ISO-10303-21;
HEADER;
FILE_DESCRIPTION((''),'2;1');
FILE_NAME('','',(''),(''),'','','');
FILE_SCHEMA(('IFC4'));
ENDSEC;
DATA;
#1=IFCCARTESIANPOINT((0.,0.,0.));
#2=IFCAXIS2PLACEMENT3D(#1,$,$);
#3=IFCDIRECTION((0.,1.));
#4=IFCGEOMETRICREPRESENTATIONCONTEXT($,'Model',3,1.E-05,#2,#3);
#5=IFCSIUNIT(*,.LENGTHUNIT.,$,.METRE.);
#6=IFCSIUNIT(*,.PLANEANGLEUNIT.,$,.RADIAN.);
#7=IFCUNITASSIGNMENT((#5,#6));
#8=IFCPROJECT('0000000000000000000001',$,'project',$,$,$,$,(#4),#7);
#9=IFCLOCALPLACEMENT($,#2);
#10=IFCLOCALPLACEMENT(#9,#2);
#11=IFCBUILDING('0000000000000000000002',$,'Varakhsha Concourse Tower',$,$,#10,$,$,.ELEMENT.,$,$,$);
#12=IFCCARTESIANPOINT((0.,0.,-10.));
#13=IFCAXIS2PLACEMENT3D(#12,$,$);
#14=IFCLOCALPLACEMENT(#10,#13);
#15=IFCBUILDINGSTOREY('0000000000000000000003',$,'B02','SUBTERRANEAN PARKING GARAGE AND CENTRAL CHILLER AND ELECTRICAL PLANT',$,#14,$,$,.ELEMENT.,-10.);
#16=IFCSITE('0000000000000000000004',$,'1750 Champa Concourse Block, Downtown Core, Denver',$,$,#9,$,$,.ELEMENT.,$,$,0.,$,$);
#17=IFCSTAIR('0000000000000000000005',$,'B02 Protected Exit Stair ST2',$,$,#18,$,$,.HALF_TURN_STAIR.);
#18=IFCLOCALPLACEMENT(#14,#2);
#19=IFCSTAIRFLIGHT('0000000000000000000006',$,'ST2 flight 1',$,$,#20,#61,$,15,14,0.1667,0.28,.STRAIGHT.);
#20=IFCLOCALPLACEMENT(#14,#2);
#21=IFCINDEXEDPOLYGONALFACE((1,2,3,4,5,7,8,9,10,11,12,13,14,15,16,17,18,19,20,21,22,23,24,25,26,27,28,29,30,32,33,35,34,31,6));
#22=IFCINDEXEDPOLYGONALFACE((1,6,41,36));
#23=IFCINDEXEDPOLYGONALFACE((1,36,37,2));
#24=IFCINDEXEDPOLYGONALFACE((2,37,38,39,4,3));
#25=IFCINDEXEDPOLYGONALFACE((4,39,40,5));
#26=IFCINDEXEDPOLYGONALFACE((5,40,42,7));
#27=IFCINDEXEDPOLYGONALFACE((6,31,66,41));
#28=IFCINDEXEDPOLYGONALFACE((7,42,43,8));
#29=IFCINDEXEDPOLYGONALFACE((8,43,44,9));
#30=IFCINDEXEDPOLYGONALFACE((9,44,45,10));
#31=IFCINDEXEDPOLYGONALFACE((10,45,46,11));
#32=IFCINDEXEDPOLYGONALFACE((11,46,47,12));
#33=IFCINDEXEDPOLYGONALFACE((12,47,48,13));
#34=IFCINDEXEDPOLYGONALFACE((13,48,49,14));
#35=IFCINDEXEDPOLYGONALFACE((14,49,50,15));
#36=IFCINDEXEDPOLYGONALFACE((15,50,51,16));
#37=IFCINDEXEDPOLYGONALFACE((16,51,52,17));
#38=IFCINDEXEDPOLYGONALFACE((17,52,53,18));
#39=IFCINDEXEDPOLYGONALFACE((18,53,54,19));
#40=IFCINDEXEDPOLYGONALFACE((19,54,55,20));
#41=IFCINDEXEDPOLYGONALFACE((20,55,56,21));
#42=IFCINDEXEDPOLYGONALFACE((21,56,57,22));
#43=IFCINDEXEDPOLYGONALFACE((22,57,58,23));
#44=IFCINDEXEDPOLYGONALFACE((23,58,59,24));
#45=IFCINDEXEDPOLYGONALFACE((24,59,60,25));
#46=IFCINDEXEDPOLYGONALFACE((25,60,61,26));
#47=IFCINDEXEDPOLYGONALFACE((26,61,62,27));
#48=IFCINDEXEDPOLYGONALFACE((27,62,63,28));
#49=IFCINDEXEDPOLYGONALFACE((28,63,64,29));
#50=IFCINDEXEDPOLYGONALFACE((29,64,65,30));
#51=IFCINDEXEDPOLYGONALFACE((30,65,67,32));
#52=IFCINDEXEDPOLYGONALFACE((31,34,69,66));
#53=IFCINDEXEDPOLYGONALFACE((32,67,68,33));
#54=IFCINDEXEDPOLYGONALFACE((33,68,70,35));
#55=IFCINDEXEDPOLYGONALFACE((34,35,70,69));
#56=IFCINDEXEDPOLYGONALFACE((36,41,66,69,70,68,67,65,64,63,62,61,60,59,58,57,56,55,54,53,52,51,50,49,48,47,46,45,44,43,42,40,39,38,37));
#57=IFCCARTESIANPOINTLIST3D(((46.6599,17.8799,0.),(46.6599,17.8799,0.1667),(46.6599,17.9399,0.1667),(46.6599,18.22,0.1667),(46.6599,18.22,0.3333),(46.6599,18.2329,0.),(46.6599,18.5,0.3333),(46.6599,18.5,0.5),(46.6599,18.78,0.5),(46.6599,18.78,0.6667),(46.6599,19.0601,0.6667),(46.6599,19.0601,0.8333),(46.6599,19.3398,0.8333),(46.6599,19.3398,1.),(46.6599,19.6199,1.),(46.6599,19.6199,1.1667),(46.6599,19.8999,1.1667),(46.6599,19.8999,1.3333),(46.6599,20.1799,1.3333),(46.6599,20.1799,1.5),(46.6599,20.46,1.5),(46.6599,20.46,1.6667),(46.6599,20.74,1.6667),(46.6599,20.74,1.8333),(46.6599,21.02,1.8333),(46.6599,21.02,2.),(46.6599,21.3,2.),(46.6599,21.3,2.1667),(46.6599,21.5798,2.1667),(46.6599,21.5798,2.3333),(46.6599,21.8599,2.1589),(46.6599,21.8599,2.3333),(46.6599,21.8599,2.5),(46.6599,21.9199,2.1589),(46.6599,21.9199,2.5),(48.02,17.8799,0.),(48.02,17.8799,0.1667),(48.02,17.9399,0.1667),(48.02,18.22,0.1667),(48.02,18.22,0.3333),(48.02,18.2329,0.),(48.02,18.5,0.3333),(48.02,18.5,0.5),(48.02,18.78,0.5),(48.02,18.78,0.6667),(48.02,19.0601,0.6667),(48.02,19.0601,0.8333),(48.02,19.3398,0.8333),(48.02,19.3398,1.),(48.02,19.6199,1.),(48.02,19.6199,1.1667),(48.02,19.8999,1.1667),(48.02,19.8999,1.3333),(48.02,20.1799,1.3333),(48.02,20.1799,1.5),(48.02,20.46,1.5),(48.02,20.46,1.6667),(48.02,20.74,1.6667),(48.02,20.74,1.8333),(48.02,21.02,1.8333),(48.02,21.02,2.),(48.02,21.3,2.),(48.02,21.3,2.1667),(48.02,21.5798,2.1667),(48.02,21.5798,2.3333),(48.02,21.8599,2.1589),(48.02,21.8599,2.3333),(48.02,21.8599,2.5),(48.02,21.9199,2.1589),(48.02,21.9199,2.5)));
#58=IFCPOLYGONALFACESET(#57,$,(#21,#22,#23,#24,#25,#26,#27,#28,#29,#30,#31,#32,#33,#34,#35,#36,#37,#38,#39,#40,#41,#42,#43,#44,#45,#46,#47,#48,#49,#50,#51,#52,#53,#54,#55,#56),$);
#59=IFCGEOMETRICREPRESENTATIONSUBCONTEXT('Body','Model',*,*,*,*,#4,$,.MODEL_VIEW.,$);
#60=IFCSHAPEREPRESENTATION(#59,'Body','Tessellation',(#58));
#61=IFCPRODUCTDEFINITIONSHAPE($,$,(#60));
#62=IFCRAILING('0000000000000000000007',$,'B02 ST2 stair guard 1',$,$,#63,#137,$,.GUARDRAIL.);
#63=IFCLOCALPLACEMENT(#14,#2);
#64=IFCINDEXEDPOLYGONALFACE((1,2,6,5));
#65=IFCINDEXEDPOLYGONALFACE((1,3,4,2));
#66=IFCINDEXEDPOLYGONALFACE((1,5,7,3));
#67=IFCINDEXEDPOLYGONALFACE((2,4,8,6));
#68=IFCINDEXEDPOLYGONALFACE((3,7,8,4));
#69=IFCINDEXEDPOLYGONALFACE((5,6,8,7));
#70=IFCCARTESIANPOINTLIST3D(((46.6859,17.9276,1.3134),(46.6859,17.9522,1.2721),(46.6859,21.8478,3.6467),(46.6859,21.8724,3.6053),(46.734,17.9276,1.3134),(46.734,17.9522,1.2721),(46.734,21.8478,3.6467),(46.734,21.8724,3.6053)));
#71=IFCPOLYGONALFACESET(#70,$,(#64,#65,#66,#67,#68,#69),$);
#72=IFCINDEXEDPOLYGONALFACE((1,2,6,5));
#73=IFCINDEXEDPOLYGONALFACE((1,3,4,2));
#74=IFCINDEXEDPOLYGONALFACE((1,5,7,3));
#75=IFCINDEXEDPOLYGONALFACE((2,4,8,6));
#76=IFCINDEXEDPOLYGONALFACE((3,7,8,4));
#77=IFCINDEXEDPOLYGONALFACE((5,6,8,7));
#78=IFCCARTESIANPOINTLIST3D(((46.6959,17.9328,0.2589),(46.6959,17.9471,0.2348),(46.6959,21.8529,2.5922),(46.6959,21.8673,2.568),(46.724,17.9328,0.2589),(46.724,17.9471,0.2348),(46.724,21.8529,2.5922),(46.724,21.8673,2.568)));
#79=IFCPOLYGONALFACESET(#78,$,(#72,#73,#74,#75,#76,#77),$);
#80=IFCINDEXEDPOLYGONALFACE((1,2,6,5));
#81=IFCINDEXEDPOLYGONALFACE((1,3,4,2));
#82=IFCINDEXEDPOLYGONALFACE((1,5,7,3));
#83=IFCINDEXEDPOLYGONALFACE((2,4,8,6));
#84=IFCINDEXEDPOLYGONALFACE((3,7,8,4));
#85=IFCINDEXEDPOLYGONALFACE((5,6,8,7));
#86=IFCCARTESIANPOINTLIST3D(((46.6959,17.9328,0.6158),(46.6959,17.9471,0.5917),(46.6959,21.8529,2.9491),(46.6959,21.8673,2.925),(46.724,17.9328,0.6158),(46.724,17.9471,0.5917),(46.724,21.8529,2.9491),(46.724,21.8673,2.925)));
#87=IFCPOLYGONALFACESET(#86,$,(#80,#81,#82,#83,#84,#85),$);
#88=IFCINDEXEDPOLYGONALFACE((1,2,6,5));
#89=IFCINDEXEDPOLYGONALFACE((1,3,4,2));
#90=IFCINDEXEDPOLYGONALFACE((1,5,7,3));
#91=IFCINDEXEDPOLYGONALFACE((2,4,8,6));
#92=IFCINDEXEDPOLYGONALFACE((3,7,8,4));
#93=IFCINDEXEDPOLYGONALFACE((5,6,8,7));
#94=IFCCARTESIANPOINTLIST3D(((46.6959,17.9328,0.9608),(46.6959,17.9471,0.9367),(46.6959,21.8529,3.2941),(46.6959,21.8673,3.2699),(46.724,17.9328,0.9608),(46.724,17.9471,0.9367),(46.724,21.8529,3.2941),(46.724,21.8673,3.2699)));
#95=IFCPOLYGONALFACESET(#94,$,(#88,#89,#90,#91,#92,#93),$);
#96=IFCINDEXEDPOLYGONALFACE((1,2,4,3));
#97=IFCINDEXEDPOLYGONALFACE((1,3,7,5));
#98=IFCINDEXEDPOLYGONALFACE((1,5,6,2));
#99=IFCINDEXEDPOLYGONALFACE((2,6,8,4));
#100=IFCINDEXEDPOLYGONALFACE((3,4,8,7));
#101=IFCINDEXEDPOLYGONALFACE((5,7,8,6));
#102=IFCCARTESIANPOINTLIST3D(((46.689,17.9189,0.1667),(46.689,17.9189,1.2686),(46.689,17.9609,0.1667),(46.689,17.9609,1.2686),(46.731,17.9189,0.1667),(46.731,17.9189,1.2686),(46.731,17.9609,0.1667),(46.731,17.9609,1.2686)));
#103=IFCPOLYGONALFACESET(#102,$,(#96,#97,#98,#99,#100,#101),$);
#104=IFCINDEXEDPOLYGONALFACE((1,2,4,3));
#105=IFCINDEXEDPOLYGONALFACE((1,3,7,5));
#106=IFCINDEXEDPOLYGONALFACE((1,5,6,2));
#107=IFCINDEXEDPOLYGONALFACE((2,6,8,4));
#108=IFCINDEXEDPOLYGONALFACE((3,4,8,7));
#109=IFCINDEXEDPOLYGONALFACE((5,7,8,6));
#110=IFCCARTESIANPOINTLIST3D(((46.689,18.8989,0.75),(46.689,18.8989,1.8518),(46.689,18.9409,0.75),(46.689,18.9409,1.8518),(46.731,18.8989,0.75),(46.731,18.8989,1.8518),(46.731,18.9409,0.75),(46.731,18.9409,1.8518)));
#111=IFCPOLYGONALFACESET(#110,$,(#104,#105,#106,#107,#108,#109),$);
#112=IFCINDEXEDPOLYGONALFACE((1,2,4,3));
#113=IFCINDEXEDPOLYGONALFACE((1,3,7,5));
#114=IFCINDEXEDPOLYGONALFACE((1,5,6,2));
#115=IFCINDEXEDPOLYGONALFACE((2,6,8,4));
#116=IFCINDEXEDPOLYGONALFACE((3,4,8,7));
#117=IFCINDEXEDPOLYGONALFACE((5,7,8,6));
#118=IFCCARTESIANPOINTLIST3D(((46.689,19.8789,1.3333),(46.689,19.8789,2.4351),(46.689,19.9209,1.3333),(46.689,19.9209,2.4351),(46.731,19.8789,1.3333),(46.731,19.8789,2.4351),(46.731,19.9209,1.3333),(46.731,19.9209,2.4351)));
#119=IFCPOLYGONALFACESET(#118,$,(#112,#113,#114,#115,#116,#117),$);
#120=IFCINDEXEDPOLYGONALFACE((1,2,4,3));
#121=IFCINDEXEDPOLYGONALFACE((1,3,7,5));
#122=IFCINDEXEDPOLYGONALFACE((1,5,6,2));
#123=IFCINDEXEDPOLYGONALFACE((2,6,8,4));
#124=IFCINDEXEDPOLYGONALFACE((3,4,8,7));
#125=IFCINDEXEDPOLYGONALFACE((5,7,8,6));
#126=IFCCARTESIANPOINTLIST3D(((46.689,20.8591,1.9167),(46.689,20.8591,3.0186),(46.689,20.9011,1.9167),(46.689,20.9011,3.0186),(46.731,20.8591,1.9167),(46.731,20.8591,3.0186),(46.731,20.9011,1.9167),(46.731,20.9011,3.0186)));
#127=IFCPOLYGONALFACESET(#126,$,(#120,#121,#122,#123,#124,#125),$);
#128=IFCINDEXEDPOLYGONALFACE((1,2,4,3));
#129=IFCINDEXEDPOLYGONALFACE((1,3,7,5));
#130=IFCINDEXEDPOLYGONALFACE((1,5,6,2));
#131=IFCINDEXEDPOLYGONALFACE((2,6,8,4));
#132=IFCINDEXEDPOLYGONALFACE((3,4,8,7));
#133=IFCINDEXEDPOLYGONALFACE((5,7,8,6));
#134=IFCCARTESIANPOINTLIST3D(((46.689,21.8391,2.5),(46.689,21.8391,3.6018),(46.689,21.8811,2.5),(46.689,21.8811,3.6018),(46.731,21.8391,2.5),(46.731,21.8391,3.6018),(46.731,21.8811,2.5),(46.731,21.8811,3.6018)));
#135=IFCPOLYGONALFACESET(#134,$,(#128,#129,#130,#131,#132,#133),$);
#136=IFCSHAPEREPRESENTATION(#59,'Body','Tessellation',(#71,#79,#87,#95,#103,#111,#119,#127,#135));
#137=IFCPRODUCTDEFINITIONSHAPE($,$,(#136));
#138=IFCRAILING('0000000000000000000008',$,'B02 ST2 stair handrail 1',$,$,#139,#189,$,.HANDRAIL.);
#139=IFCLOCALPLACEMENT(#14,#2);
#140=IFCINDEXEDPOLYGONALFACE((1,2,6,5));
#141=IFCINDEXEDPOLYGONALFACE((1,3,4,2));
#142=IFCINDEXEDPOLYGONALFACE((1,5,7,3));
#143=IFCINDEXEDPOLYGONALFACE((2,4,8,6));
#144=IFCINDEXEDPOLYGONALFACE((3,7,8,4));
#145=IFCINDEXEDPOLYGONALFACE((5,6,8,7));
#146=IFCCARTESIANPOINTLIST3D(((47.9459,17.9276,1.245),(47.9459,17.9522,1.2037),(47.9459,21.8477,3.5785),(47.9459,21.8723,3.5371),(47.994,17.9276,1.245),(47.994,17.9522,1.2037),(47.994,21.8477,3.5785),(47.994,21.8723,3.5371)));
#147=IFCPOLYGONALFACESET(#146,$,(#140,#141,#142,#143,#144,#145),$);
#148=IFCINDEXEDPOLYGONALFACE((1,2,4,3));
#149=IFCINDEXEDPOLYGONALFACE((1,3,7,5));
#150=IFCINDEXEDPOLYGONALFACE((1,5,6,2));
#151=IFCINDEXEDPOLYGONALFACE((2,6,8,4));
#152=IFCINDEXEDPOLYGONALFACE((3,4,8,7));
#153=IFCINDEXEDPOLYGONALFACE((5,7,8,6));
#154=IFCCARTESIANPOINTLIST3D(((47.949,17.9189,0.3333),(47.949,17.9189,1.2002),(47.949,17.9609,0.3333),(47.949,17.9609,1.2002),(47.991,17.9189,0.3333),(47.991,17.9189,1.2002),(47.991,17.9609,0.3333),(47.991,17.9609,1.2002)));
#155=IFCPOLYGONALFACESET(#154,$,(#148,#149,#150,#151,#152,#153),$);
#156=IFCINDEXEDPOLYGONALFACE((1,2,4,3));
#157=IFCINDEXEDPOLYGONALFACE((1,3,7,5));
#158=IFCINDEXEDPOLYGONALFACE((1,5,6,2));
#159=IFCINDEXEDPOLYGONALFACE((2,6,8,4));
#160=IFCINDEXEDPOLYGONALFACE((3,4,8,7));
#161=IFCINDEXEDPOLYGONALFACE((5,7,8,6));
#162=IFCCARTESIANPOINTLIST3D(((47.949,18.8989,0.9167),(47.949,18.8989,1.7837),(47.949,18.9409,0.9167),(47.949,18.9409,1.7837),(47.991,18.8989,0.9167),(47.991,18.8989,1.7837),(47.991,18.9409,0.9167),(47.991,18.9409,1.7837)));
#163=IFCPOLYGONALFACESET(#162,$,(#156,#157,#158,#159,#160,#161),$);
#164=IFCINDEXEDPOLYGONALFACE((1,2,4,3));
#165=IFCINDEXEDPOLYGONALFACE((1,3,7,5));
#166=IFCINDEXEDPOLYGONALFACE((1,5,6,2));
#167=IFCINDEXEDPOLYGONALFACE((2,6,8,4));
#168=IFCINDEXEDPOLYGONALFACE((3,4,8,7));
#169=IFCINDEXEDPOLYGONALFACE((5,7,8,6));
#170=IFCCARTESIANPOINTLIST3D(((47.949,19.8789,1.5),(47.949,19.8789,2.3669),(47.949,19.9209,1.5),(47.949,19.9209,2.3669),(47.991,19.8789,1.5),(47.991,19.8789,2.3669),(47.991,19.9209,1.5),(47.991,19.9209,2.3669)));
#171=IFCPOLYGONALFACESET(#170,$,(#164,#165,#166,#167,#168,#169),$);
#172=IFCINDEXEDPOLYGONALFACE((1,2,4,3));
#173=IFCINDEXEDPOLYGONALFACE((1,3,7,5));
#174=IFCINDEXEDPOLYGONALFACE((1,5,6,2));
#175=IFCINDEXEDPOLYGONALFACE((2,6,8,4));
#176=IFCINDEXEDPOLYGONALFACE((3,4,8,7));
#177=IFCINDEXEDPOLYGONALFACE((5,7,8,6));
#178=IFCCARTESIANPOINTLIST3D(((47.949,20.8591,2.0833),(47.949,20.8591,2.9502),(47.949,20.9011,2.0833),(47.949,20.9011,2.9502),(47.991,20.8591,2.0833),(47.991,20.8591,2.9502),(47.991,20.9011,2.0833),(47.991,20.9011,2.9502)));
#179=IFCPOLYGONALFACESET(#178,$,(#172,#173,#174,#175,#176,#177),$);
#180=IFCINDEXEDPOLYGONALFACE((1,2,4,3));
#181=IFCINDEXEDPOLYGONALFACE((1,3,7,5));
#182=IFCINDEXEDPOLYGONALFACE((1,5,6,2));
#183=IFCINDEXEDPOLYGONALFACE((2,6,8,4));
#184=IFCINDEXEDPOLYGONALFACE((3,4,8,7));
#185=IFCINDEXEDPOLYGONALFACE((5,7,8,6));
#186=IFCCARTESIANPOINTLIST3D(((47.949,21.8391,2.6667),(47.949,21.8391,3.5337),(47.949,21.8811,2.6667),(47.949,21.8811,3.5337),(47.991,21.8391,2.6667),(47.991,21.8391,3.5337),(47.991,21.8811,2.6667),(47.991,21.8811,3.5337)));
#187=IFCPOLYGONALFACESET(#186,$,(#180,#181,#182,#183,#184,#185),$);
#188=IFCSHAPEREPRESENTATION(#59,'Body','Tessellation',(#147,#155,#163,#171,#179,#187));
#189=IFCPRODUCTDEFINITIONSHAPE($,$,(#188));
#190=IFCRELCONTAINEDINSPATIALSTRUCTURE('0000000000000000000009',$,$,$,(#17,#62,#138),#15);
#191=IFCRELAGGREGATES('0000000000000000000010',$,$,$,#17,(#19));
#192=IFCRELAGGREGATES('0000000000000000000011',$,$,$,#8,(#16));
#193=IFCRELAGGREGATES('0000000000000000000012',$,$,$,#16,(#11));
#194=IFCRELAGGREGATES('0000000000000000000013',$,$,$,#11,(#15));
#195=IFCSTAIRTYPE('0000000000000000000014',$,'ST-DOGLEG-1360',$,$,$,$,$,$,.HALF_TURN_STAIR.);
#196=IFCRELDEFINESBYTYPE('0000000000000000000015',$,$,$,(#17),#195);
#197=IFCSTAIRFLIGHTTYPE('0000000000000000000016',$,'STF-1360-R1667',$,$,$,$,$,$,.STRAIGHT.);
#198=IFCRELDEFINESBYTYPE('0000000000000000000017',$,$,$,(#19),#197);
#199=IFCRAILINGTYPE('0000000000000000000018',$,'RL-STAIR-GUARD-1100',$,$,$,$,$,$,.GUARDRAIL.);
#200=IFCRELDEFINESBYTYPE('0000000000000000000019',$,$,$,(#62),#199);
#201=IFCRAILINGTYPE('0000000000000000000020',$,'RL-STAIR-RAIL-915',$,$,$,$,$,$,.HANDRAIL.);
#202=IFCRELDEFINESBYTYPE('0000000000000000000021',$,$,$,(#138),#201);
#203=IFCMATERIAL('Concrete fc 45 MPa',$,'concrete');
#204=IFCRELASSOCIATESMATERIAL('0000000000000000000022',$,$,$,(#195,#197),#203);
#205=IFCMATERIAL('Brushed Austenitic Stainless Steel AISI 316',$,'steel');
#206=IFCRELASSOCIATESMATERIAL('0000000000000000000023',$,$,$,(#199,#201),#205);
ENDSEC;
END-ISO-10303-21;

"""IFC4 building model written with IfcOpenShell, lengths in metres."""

from ifc_helpers import new_model, si_unit, direction, frame, origin, origin_2d, place, context, subcontext, project, spatial, polyline, rectangle, outline, extrude, material, type_object, element, aggregate, save


model = new_model("IFC4")

# Units and contexts
model_context = context("Model", 3, precision=1e-05, world=origin(), true_north=direction((0.0, 1.0)))
body_context = subcontext(model_context, "Body", "Model", "MODEL_VIEW")
ifc_project = project(units=[si_unit("LENGTHUNIT", "METRE"), si_unit("PLANEANGLEUNIT", "RADIAN")], contexts=[model_context])

# Site, building, storey
site_placement = place(None, origin())
site = spatial("IfcSite", under=ifc_project, at=site_placement, Name="1750 Champa Concourse Block, Downtown Core, Denver", CompositionType="ELEMENT", RefElevation=0.0)
building_placement = place(site_placement, origin())
building = spatial("IfcBuilding", under=site, at=building_placement, Name="Varakhsha Concourse Tower", CompositionType="ELEMENT")
storey_placement = place(building_placement, frame((0.0, 0.0, -10.0)))
storey = spatial("IfcBuildingStorey", under=building, at=storey_placement, Name="B02", Description="SUBTERRANEAN PARKING GARAGE AND CENTRAL CHILLER AND ELECTRICAL PLANT", CompositionType="ELEMENT", Elevation=-10.0)

# Stair, stair flight
ifc_material_1 = material(Name="Concrete fc 45 MPa", Category="concrete")
stair_type = type_object("IfcStairType", Name="ST-DOGLEG-1360", PredefinedType="HALF_TURN_STAIR", material=ifc_material_1)
stair_placement = place(storey_placement, origin())
stair = element("IfcStair", 1, at=stair_placement, inside=storey, type_object=stair_type, Name="B02 Protected Exit Stair ST2", PredefinedType="HALF_TURN_STAIR")
stair_flight_type = type_object("IfcStairFlightType", Name="STF-1360-R1667", PredefinedType="STRAIGHT", material=ifc_material_1)
stair_flight_placement = place(storey_placement, frame((47.3401, 17.9399, 0.0), z_axis=(0.0, 0.0, 1.0), x_axis=(0.0, 1.0, 0.0)))
stair_flight = element("IfcStairFlight", 2, at=stair_flight_placement, type_object=stair_flight_type, Name="ST2 flight 1", NumberOfRisers=15, NumberOfTreads=14, PredefinedType="STRAIGHT", RiserHeight=0.1667, TreadLength=0.28, context=body_context, shape_type="SweptSolid", body=[
    extrude(outline(polyline([(-0.0601, 0.0), (-0.0601, 0.1667), (0.0, 0.1667), (0.28, 0.1667), (0.28, 0.3333), (0.5601, 0.3333), (0.5601, 0.5), (0.8401, 0.5), (0.8401, 0.6667), (1.1201, 0.6667), (1.1201, 0.8333), (1.3999, 0.8333), (1.3999, 1.0), (1.6799, 1.0), (1.6799, 1.1667), (1.96, 1.1667), (1.96, 1.3333), (2.24, 1.3333), (2.24, 1.5), (2.52, 1.5), (2.52, 1.6667), (2.8, 1.6667), (2.8, 1.8333), (3.0801, 1.8333), (3.0801, 2.0), (3.3601, 2.0), (3.3601, 2.1667), (3.6399, 2.1667), (3.6399, 2.3333), (3.9199, 2.3333), (3.9199, 2.5), (3.98, 2.5), (3.98, 2.1589), (3.9199, 2.1589), (0.293, 0.0), (-0.0601, 0.0)])), frame((0.0, 0.6802, 0.0), z_axis=(0.0, -1.0, 0.0), x_axis=(1.0, 0.0, 0.0)), (0.0, 0.0, 1.0), 1.3601),
])
aggregate(stair, [stair_flight])

# Railings
ifc_material_2 = material(Name="Brushed Austenitic Stainless Steel AISI 316", Category="steel")
railing_type_1 = type_object("IfcRailingType", Name="RL-STAIR-GUARD-1100", PredefinedType="GUARDRAIL", material=ifc_material_2)
railing_1_placement = place(storey_placement, frame((46.71, 17.9399, 0.1667)))
element("IfcRailing", 3, at=railing_1_placement, inside=storey, type_object=railing_type_1, Name="B02 ST2 stair guard 1", PredefinedType="GUARDRAIL", context=body_context, shape_type="SweptSolid", body=[
    extrude(rectangle(XDim=0.0481, YDim=0.0481, at=origin_2d()), frame((0.0, 0.0, 1.126), z_axis=(0.0, 0.85931, 0.511455), x_axis=(-1.0, 0.0, 0.0)), (0.0, 0.0, 1.0), 4.562),
    extrude(rectangle(XDim=0.0281, YDim=0.0281, at=origin_2d()), frame((0.0, 0.0, 0.0801), z_axis=(0.0, 0.85931, 0.511455), x_axis=(-1.0, 0.0, 0.0)), (0.0, 0.0, 1.0), 4.562),
    extrude(rectangle(XDim=0.0281, YDim=0.0281, at=origin_2d()), frame((0.0, 0.0, 0.437), z_axis=(0.0, 0.85931, 0.511455), x_axis=(-1.0, 0.0, 0.0)), (0.0, 0.0, 1.0), 4.562),
    extrude(rectangle(XDim=0.0281, YDim=0.0281, at=origin_2d()), frame((0.0, 0.0, 0.782), z_axis=(0.0, 0.85931, 0.511455), x_axis=(-1.0, 0.0, 0.0)), (0.0, 0.0, 1.0), 4.562),
    extrude(rectangle(XDim=0.042, YDim=0.042, at=origin_2d()), origin(), (0.0, 0.0, 1.0), 1.1018),
    extrude(rectangle(XDim=0.042, YDim=0.042, at=origin_2d()), frame((0.0, 0.98, 0.5833)), (0.0, 0.0, 1.0), 1.1018),
    extrude(rectangle(XDim=0.042, YDim=0.042, at=origin_2d()), frame((0.0, 1.96, 1.1665)), (0.0, 0.0, 1.0), 1.1018),
    extrude(rectangle(XDim=0.042, YDim=0.042, at=origin_2d()), frame((0.0, 2.9402, 1.75)), (0.0, 0.0, 1.0), 1.1018),
    extrude(rectangle(XDim=0.042, YDim=0.042, at=origin_2d()), frame((0.0, 3.9202, 2.3333)), (0.0, 0.0, 1.0), 1.1018),
])
railing_type_2 = type_object("IfcRailingType", Name="RL-STAIR-RAIL-915", PredefinedType="HANDRAIL", material=ifc_material_2)
railing_2_placement = place(storey_placement, frame((47.97, 17.9399, 0.3333)))
element("IfcRailing", 4, at=railing_2_placement, inside=storey, type_object=railing_type_2, Name="B02 ST2 stair handrail 1", PredefinedType="HANDRAIL", context=body_context, shape_type="SweptSolid", body=[
    extrude(rectangle(XDim=0.0481, YDim=0.0481, at=origin_2d()), frame((0.0, 0.0, 0.8911), z_axis=(0.0, 0.859287, 0.511494), x_axis=(-1.0, 0.0, 0.0)), (0.0, 0.0, 1.0), 4.562),
    extrude(rectangle(XDim=0.042, YDim=0.042, at=origin_2d()), origin(), (0.0, 0.0, 1.0), 0.8669),
    extrude(rectangle(XDim=0.042, YDim=0.042, at=origin_2d()), frame((0.0, 0.98, 0.5835)), (0.0, 0.0, 1.0), 0.8669),
    extrude(rectangle(XDim=0.042, YDim=0.042, at=origin_2d()), frame((0.0, 1.96, 1.1667)), (0.0, 0.0, 1.0), 0.8669),
    extrude(rectangle(XDim=0.042, YDim=0.042, at=origin_2d()), frame((0.0, 2.9402, 1.75)), (0.0, 0.0, 1.0), 0.8669),
    extrude(rectangle(XDim=0.042, YDim=0.042, at=origin_2d()), frame((0.0, 3.9202, 2.3335)), (0.0, 0.0, 1.0), 0.8669),
])

save(model, "model.ifc")
